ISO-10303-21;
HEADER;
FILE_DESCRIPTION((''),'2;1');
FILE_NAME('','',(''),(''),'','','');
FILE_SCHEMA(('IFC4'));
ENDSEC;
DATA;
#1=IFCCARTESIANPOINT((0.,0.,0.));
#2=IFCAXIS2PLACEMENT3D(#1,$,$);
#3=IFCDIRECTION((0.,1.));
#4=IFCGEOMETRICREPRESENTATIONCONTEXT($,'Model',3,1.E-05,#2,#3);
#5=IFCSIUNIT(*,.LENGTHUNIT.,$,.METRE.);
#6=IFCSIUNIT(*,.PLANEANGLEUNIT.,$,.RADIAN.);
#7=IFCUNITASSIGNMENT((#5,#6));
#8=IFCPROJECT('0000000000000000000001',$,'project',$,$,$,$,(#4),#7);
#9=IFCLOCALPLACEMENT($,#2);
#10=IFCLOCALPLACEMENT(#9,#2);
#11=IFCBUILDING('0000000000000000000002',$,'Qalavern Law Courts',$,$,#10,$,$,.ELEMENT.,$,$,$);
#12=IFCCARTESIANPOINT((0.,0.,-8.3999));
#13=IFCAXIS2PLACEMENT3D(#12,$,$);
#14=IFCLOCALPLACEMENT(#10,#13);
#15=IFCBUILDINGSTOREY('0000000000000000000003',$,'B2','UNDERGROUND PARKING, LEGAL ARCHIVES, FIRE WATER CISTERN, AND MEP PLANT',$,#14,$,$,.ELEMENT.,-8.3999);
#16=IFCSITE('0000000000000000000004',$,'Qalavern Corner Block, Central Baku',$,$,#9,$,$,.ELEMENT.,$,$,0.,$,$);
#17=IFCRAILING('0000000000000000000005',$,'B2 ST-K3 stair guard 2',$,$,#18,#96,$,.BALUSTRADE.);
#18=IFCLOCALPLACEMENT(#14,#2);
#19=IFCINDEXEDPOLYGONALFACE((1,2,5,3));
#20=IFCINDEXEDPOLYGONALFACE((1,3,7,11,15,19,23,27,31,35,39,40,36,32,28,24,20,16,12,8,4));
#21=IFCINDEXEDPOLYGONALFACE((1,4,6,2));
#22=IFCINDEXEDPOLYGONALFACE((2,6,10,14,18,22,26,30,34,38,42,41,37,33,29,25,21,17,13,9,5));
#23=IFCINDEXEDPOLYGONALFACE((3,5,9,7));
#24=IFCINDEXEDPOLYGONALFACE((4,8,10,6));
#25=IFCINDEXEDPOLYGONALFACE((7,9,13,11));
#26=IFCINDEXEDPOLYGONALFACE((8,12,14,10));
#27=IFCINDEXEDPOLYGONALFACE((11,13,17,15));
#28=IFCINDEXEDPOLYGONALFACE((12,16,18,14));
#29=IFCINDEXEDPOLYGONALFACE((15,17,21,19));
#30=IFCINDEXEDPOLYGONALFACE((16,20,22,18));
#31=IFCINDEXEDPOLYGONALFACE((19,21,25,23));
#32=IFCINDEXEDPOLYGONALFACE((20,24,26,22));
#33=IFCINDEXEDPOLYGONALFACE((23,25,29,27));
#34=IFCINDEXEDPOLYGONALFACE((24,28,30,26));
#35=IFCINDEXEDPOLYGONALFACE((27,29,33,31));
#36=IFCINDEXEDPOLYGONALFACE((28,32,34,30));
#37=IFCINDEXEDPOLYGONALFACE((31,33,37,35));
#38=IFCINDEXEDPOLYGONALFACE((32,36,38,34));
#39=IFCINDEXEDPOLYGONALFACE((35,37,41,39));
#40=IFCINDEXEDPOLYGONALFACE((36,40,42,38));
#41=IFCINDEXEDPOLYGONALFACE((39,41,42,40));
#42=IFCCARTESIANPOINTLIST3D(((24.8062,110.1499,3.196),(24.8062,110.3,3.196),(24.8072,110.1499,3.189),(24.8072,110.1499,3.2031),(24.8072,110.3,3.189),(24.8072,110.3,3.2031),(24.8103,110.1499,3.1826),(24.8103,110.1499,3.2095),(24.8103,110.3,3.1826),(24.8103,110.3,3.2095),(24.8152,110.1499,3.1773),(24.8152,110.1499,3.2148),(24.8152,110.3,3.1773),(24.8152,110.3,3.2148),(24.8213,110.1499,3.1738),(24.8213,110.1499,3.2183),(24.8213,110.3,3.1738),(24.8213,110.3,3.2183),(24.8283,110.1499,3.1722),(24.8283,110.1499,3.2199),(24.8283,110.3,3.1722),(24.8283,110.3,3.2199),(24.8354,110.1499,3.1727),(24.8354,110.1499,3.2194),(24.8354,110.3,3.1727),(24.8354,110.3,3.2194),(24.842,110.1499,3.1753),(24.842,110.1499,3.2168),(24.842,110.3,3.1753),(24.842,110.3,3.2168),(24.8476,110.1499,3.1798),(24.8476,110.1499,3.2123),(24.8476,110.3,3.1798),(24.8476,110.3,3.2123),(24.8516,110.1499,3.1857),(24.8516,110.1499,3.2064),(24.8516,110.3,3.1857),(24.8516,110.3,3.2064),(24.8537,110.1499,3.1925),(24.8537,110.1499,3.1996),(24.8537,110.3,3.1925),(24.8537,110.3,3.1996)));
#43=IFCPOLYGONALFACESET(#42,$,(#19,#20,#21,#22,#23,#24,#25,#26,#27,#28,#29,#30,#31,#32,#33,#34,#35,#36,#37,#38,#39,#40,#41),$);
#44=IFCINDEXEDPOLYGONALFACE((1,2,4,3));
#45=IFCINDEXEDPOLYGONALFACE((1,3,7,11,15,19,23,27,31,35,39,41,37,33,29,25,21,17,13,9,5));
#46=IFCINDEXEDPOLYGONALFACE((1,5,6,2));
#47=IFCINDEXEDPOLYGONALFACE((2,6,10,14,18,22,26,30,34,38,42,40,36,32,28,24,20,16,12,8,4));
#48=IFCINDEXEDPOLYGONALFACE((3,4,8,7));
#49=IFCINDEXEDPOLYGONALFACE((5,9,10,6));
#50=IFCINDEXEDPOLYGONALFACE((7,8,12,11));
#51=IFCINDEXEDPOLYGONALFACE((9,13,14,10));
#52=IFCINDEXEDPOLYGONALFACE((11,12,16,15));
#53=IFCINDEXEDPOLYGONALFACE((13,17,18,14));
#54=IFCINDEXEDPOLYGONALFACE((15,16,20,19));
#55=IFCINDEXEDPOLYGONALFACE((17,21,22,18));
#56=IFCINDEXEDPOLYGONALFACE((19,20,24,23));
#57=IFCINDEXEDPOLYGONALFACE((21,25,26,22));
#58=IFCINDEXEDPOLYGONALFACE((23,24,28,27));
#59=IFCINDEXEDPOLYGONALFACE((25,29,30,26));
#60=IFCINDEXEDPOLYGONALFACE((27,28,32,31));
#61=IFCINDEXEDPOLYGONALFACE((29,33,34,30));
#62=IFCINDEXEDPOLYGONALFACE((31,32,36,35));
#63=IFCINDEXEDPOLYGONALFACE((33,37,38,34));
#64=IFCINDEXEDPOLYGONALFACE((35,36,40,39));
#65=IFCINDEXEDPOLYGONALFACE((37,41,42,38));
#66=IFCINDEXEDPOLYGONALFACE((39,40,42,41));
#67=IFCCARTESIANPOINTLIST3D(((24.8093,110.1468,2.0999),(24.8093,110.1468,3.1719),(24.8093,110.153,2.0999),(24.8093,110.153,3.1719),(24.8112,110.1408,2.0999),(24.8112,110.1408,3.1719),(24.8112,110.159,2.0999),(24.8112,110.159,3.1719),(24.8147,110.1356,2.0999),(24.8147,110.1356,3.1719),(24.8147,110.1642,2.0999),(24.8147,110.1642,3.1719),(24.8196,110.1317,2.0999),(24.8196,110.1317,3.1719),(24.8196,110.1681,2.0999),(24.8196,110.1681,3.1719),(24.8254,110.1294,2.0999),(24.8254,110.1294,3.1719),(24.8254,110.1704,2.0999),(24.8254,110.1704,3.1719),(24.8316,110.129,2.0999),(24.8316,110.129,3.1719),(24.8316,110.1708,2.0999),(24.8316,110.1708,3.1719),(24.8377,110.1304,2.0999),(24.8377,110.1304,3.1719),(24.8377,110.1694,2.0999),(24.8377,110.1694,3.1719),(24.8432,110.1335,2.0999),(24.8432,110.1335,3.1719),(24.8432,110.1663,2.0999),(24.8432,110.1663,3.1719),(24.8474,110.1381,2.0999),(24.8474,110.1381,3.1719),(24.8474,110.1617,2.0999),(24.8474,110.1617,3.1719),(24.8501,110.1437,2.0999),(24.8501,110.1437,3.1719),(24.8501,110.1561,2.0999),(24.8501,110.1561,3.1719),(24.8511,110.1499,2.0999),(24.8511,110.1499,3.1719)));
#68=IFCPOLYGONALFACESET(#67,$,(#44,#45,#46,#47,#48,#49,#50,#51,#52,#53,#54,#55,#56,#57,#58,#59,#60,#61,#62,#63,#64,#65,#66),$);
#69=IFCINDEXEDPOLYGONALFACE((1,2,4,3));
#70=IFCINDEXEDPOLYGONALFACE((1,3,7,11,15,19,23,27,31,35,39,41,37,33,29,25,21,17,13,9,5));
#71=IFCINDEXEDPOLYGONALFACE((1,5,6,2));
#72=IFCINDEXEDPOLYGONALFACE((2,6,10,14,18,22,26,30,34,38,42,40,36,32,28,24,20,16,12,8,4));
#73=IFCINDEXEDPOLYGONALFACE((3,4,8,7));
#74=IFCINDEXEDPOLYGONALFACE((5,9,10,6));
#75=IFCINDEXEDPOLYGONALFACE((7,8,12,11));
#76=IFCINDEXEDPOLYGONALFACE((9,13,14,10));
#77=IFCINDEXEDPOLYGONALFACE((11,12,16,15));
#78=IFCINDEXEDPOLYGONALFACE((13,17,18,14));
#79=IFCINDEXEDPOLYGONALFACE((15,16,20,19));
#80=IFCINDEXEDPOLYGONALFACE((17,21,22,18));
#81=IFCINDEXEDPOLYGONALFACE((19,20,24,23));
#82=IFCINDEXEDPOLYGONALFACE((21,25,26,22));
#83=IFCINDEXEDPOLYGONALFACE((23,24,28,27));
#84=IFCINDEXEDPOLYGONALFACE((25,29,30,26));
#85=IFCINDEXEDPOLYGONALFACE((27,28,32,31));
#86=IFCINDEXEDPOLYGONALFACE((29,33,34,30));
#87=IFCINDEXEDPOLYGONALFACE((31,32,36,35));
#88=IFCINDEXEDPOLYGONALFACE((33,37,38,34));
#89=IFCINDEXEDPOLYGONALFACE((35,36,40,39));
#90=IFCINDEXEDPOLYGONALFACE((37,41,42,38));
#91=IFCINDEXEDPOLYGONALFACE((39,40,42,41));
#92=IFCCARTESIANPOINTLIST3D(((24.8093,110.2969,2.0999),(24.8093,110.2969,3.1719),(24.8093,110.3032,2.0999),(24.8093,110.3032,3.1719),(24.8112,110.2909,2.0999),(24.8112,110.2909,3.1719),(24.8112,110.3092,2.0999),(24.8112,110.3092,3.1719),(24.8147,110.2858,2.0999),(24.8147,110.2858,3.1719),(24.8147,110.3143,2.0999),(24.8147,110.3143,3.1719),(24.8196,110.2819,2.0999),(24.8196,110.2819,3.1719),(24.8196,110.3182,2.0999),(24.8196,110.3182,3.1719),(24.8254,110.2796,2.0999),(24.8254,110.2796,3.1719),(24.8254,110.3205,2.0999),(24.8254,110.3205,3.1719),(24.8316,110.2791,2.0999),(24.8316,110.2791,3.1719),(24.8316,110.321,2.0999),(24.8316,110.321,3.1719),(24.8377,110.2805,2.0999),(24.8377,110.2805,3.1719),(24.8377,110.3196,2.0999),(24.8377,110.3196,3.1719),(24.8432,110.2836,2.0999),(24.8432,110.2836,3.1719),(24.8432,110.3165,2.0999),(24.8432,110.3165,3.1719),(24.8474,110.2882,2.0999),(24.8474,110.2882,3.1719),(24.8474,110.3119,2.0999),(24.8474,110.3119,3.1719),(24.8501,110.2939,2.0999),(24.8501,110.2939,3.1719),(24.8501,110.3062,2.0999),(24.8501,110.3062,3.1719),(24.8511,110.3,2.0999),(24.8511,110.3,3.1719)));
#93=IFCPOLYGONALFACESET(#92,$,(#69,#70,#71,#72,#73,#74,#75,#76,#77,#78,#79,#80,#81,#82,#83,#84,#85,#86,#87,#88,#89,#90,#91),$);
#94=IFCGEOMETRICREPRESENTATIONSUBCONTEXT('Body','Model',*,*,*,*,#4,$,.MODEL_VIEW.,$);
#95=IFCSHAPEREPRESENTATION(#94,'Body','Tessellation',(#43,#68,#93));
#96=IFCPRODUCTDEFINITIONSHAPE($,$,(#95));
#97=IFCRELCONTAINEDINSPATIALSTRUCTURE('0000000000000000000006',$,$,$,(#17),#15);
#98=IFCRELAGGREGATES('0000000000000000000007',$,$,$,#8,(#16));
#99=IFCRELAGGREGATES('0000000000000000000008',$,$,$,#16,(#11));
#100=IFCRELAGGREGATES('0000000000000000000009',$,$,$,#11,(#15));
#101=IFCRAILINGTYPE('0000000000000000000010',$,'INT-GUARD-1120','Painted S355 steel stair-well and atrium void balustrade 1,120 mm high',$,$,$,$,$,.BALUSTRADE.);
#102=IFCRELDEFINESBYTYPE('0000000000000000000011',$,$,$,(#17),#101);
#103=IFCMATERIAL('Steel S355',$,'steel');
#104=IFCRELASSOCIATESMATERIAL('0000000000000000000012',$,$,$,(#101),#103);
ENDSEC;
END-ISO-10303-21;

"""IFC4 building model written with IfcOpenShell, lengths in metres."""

from ifc_helpers import new_model, si_unit, direction, frame, origin, origin_2d, place, context, subcontext, project, spatial, circle, extrude, material, type_object, element, save


model = new_model("IFC4")

# Units and contexts
model_context = context("Model", 3, precision=1e-05, world=origin(), true_north=direction((0.0, 1.0)))
body_context = subcontext(model_context, "Body", "Model", "MODEL_VIEW")
ifc_project = project(units=[si_unit("LENGTHUNIT", "METRE"), si_unit("PLANEANGLEUNIT", "RADIAN")], contexts=[model_context])

# Site, building, storey
site_placement = place(None, origin())
site = spatial("IfcSite", under=ifc_project, at=site_placement, Name="Qalavern Corner Block, Central Baku", CompositionType="ELEMENT", RefElevation=0.0)
building_placement = place(site_placement, origin())
building = spatial("IfcBuilding", under=site, at=building_placement, Name="Qalavern Law Courts", CompositionType="ELEMENT")
storey_placement = place(building_placement, frame((0.0, 0.0, -8.3999)))
storey = spatial("IfcBuildingStorey", under=building, at=storey_placement, Name="B2", Description="UNDERGROUND PARKING, LEGAL ARCHIVES, FIRE WATER CISTERN, AND MEP PLANT", CompositionType="ELEMENT", Elevation=-8.3999)

# Railing
ifc_material_1 = material(Name="Steel S355", Category="steel")
railing_type_1 = type_object("IfcRailingType", Name="INT-GUARD-1120", Description="Painted S355 steel stair-well and atrium void balustrade 1,120 mm high", PredefinedType="BALUSTRADE", material=ifc_material_1)
railing_1_placement = place(storey_placement, frame((24.8301, 110.1499, 2.0999)))
element("IfcRailing", 1, at=railing_1_placement, inside=storey, type_object=railing_type_1, Name="B2 ST-K3 stair guard 2", PredefinedType="BALUSTRADE", context=body_context, shape_type="SweptSolid", body=[
    extrude(circle(Radius=0.0239, at=origin_2d()), frame((0.0, 0.0, 1.0962), z_axis=(0.0, 1.0, 0.0), x_axis=(-1.0, 0.0, 0.0)), (0.0, 0.0, 1.0), 0.1501),
    extrude(circle(Radius=0.021, at=origin_2d()), origin(), (0.0, 0.0, 1.0), 1.072),
    extrude(circle(Radius=0.021, at=origin_2d()), frame((0.0, 0.1501, 0.0)), (0.0, 0.0, 1.0), 1.072),
])

save(model, "model.ifc")
